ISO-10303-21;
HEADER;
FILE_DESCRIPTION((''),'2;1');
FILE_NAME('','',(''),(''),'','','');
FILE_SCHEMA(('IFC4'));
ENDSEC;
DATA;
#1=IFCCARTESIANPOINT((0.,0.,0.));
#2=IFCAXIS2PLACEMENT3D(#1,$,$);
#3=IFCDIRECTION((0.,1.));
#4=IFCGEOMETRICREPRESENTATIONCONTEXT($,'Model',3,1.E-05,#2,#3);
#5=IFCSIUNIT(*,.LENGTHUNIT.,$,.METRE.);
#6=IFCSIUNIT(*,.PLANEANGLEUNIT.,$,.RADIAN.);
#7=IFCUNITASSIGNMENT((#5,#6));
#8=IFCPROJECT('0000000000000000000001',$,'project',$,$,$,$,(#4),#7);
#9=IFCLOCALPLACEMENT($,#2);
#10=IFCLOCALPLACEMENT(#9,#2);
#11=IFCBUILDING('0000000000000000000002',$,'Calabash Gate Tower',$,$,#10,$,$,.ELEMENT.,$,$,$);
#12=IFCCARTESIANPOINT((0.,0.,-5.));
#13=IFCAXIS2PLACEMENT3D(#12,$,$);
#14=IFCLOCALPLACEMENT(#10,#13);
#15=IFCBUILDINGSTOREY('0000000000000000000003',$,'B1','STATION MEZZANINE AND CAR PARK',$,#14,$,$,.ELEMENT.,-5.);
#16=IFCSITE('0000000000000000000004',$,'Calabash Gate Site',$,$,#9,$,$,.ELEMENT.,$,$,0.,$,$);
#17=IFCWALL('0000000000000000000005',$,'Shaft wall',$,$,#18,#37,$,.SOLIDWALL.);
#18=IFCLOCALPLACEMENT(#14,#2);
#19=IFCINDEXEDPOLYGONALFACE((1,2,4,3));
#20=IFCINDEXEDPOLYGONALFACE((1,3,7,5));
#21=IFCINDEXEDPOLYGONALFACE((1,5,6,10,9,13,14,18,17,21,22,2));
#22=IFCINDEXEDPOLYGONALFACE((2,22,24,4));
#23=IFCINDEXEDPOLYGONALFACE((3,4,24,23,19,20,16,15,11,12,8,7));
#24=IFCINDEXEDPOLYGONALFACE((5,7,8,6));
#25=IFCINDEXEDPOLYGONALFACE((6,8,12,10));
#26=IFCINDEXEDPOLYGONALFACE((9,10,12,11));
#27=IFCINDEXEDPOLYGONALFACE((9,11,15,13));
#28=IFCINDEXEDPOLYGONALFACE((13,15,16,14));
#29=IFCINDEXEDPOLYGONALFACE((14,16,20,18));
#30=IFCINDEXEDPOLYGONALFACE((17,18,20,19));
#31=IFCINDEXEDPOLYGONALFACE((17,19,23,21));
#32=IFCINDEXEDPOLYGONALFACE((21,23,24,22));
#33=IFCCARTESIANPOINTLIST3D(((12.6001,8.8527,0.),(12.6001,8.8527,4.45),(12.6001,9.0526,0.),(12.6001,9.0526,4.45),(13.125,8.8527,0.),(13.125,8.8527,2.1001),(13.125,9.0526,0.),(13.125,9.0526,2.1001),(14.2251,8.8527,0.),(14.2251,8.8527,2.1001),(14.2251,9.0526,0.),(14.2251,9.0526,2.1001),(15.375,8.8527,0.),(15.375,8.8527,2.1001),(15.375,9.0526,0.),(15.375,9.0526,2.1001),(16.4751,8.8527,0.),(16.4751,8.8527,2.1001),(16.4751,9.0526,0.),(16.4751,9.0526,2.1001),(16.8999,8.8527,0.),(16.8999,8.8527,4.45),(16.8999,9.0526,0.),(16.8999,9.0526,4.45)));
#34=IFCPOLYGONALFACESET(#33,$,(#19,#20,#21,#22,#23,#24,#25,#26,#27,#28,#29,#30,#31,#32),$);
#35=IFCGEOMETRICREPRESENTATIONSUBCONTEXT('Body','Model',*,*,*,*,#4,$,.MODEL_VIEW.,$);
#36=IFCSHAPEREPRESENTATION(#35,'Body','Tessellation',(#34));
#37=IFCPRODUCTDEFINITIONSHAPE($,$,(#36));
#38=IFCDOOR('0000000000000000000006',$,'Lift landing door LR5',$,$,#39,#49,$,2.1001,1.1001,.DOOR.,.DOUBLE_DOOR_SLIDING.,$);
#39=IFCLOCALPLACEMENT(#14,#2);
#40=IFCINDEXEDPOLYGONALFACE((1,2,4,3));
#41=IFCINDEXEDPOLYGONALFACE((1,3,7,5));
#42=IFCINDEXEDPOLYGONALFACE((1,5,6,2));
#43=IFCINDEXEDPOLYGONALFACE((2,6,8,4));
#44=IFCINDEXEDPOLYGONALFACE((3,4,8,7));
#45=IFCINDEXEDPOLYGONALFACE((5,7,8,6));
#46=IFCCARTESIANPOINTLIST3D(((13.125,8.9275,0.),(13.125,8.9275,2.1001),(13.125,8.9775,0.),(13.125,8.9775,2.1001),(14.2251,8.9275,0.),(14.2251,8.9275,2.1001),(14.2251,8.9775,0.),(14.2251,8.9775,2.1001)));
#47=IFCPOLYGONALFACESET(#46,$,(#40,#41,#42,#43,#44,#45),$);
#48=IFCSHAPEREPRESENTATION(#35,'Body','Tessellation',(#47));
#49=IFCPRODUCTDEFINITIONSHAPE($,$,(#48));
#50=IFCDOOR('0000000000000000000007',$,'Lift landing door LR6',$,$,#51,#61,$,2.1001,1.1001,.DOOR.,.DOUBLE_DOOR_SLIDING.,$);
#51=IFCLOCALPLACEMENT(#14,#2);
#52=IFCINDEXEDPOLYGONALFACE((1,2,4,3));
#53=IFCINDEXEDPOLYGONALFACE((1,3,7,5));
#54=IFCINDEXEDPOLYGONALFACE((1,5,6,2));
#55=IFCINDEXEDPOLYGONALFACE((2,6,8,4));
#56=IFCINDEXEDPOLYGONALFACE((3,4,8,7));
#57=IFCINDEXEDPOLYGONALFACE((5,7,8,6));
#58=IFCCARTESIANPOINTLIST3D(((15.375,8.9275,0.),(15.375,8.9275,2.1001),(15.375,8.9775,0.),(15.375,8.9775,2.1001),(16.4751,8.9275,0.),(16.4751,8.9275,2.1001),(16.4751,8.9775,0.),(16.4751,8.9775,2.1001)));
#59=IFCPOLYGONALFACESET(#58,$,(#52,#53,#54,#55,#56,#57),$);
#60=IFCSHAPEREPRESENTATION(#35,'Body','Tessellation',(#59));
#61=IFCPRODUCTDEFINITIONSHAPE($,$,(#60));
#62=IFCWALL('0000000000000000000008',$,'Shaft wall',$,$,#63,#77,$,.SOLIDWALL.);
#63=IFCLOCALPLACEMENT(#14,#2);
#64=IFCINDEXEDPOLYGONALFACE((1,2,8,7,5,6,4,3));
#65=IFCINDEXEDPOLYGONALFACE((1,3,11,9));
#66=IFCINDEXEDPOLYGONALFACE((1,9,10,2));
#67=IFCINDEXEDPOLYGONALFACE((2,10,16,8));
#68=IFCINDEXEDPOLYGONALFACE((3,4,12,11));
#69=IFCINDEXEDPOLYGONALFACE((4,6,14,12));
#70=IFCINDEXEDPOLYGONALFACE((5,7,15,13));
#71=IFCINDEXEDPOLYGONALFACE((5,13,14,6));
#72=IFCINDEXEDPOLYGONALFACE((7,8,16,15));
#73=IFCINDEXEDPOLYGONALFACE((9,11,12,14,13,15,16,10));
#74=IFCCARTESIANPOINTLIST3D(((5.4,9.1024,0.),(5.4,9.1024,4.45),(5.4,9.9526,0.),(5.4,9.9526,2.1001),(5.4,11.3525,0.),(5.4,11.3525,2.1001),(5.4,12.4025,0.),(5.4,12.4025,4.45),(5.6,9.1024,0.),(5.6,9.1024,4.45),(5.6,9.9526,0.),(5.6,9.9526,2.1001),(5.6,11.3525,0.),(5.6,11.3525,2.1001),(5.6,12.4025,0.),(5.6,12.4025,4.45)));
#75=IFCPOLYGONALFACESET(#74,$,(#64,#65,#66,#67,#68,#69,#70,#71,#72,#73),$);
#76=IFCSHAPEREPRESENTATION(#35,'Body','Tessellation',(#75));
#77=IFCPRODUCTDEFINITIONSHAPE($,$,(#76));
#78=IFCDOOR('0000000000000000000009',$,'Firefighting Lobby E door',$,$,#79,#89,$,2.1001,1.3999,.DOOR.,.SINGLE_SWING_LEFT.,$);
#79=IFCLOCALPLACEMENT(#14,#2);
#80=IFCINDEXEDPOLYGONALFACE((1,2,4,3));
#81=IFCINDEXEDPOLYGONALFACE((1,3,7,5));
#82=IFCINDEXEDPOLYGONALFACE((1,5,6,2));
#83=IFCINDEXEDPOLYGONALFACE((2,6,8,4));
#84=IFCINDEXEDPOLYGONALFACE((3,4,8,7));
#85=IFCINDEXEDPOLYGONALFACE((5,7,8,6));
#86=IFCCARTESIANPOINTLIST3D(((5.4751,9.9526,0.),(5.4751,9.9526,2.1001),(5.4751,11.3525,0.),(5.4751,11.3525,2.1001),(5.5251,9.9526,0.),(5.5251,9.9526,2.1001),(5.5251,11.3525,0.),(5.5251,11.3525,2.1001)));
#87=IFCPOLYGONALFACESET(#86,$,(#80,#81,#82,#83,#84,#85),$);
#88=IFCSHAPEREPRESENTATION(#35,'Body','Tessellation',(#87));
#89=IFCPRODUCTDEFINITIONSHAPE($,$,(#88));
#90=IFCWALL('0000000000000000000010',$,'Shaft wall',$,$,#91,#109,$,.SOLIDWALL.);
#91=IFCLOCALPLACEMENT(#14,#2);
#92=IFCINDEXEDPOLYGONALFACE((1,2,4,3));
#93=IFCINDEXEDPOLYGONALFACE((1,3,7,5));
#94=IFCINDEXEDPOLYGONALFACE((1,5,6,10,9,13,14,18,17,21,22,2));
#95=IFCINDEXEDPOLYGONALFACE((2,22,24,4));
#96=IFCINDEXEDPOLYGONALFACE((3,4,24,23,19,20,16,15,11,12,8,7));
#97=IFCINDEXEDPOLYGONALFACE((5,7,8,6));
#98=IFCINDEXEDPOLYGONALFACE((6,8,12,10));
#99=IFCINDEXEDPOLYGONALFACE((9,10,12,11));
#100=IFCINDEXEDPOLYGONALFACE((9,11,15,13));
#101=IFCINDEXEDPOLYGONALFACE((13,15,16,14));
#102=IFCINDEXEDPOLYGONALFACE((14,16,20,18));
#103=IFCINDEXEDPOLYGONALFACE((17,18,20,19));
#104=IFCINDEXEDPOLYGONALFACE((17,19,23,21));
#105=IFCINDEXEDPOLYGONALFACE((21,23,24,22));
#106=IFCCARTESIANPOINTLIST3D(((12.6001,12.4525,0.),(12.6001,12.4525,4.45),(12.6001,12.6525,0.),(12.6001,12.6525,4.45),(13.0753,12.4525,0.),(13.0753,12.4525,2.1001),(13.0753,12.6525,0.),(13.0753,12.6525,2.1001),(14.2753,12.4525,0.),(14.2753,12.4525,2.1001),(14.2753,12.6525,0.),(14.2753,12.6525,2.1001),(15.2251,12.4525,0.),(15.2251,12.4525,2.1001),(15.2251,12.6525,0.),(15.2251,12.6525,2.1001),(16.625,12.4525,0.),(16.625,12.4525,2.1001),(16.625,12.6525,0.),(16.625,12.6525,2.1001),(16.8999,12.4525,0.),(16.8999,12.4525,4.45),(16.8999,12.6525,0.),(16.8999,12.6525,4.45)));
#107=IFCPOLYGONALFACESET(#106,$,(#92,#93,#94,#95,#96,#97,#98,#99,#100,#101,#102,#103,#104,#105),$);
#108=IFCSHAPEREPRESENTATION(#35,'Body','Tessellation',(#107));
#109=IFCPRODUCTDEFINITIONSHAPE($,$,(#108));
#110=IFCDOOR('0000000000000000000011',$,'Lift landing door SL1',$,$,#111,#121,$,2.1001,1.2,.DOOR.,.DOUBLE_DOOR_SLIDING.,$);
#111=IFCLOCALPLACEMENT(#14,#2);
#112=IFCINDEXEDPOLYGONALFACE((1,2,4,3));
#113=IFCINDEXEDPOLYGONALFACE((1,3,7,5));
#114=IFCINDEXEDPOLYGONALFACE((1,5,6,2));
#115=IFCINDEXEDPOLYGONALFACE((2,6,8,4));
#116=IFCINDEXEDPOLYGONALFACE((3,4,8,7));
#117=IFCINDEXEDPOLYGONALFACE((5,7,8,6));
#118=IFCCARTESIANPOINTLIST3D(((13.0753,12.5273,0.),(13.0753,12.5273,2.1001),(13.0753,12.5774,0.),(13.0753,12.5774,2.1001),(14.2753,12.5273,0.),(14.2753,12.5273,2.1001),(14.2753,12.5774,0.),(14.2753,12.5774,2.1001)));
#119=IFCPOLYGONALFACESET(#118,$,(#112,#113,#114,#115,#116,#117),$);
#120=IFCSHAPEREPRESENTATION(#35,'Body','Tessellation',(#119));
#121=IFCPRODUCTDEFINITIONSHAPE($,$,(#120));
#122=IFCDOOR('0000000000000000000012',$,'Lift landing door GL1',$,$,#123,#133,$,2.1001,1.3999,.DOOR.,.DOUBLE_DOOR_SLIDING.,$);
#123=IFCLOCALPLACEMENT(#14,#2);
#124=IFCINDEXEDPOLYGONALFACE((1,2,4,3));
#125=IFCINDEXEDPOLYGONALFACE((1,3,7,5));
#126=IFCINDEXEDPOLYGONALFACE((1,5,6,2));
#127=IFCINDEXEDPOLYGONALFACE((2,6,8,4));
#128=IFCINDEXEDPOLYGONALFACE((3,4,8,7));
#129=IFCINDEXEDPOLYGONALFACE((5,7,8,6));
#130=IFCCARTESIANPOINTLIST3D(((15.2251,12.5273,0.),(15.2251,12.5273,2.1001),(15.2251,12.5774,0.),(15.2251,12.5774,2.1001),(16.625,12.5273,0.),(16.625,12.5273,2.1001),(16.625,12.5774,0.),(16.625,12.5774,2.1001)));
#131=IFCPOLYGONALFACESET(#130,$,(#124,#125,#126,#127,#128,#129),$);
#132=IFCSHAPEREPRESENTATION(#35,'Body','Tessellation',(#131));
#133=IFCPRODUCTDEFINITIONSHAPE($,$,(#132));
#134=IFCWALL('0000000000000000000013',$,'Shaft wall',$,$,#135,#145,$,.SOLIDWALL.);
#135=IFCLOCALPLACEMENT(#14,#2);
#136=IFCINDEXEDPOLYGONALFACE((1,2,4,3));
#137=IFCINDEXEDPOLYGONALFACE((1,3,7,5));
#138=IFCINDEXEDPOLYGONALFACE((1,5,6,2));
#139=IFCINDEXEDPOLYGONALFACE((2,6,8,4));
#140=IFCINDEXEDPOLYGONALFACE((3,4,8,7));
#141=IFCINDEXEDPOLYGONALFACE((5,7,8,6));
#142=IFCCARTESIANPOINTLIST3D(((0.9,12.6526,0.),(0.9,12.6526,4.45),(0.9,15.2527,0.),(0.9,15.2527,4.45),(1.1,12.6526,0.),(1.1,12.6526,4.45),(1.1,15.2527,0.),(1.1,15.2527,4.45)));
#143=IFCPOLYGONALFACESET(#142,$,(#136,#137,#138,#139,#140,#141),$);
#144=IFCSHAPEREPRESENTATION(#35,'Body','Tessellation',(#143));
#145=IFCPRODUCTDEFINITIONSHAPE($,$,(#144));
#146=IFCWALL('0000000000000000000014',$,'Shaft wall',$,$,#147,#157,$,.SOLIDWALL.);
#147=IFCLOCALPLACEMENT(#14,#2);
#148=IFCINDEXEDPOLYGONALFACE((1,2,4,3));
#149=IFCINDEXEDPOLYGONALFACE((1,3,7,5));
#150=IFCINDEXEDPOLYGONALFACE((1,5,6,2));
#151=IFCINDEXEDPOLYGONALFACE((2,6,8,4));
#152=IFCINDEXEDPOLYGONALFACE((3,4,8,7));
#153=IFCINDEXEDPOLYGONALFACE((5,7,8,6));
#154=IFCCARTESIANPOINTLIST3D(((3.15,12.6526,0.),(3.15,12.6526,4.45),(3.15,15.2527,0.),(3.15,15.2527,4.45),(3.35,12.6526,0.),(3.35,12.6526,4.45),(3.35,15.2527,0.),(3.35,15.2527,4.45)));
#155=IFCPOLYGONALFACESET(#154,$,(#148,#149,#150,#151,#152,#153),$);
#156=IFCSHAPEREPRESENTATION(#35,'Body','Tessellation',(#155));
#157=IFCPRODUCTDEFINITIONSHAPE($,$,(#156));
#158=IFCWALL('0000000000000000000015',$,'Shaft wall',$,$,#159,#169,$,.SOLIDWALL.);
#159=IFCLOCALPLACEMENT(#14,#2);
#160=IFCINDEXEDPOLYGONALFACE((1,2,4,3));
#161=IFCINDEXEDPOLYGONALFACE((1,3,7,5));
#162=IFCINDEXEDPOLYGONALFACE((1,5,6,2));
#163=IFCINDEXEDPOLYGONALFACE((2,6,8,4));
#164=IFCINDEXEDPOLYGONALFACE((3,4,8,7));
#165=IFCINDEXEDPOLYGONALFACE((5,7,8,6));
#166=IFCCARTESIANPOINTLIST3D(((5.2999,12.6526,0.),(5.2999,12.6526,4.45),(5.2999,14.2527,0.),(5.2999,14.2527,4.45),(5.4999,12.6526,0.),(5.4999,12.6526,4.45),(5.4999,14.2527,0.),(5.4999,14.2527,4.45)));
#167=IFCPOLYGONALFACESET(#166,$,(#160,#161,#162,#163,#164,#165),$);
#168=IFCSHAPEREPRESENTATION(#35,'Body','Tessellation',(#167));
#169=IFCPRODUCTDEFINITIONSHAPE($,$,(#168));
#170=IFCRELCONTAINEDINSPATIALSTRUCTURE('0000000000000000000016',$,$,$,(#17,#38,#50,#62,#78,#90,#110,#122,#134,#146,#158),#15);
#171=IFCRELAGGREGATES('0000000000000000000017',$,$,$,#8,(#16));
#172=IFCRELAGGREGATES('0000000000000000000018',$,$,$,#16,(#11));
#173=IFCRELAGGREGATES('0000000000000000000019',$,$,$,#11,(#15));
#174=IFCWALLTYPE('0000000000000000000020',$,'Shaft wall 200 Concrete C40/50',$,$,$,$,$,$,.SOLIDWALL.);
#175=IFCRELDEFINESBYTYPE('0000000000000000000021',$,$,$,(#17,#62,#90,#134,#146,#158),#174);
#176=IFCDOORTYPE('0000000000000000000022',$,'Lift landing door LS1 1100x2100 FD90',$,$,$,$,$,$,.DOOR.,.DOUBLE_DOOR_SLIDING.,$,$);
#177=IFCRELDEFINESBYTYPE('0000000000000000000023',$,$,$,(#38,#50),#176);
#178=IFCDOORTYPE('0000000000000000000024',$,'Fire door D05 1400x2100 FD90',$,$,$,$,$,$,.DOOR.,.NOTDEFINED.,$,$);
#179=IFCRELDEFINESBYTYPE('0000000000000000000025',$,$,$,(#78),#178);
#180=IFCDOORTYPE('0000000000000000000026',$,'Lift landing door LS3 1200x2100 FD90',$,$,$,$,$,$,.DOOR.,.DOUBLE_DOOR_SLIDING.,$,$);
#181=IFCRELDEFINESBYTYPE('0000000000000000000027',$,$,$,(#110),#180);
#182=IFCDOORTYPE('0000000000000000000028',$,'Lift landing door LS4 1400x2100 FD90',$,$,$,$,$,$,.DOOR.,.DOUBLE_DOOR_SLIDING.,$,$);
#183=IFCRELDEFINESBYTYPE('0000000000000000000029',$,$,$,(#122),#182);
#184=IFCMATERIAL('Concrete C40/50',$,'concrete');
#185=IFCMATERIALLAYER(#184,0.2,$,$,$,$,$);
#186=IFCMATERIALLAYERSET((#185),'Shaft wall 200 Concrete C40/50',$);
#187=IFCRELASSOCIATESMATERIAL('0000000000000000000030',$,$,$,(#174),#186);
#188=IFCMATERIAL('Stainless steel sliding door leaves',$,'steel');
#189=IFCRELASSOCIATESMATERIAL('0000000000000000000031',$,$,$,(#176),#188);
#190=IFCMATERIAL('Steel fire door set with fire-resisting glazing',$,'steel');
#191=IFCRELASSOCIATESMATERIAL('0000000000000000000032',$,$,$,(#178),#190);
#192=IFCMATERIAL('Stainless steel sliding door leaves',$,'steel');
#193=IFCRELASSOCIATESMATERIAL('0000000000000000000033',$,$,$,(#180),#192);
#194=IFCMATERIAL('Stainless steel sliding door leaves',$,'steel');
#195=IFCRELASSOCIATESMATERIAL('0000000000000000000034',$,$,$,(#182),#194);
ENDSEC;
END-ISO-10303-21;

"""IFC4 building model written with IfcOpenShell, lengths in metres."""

from ifc_helpers import new_model, si_unit, direction, frame, frame_2d, origin, place, context, subcontext, project, spatial, rectangle, extrude, material, layer, layer_set, type_object, element, fill, save


model = new_model("IFC4")

# Units and contexts
model_context = context("Model", 3, precision=1e-05, world=origin(), true_north=direction((0.0, 1.0)))
body_context = subcontext(model_context, "Body", "Model", "MODEL_VIEW")
ifc_project = project(units=[si_unit("LENGTHUNIT", "METRE"), si_unit("PLANEANGLEUNIT", "RADIAN")], contexts=[model_context])

# Site, building, storey
site_placement = place(None, origin())
site = spatial("IfcSite", under=ifc_project, at=site_placement, Name="Calabash Gate Site", CompositionType="ELEMENT", RefElevation=0.0)
building_placement = place(site_placement, origin())
building = spatial("IfcBuilding", under=site, at=building_placement, Name="Calabash Gate Tower", CompositionType="ELEMENT")
storey_placement = place(building_placement, frame((0.0, 0.0, -5.0)))
storey = spatial("IfcBuildingStorey", under=building, at=storey_placement, Name="B1", Description="STATION MEZZANINE AND CAR PARK", CompositionType="ELEMENT", Elevation=-5.0)

# Shared definitions
ifc_material_1 = material(Name="Concrete C40/50", Category="concrete")
ifc_layer_1 = layer(ifc_material_1, 0.2)
ifc_layer_set_1 = layer_set([ifc_layer_1], Name="Shaft wall 200 Concrete C40/50")
wall_type_1 = type_object("IfcWallType", Name="Shaft wall 200 Concrete C40/50", PredefinedType="SOLIDWALL", material=ifc_layer_set_1)

# Wall, openings, doors
ifc_material_2 = material(Name="Stainless steel sliding door leaves", Category="steel")
door_type_1 = type_object("IfcDoorType", Name="Lift landing door LS1 1100x2100 FD90", OperationType="DOUBLE_DOOR_SLIDING", PredefinedType="DOOR", material=ifc_material_2)
wall_1_placement = place(storey_placement, frame((12.6001, 8.9526, 0.0), z_axis=(0.0, 0.0, 1.0), x_axis=(1.0, 0.0, 0.0)))
wall_1 = element("IfcWall", 1, at=wall_1_placement, inside=storey, type_object=wall_type_1, Name="Shaft wall", PredefinedType="SOLIDWALL", context=body_context, shape_type="SweptSolid", body=[
    extrude(rectangle(XDim=4.2998, YDim=0.2, at=frame_2d((2.1499, 0.0))), origin(), (0.0, 0.0, 1.0), 4.45),
])
opening_1_placement = place(wall_1_placement, frame((0.5249, 0.0, 0.0)))
opening_1 = element("IfcOpeningElement", 2, at=opening_1_placement, cuts=wall_1, PredefinedType="OPENING", context=body_context, shape_type="SweptSolid", body=[
    extrude(rectangle(XDim=1.1001, YDim=2.1001, at=frame_2d((0.55, 1.05))), frame((0.0, 0.1099, 0.0), z_axis=(0.0, -1.0, 0.0), x_axis=(1.0, 0.0, 0.0)), (0.0, 0.0, 1.0), 0.22),
])
opening_2_placement = place(wall_1_placement, frame((2.7749, 0.0, 0.0)))
opening_2 = element("IfcOpeningElement", 3, at=opening_2_placement, cuts=wall_1, PredefinedType="OPENING", context=body_context, shape_type="SweptSolid", body=[
    extrude(rectangle(XDim=1.1001, YDim=2.1001, at=frame_2d((0.55, 1.05))), frame((0.0, 0.1099, 0.0), z_axis=(0.0, -1.0, 0.0), x_axis=(1.0, 0.0, 0.0)), (0.0, 0.0, 1.0), 0.22),
])
door_1_placement = place(opening_1_placement, origin())
door_1 = element("IfcDoor", 4, at=door_1_placement, inside=storey, type_object=door_type_1, Name="Lift landing door LR5", OperationType="DOUBLE_DOOR_SLIDING", OverallHeight=2.1001, OverallWidth=1.1001, PredefinedType="DOOR", context=body_context, shape_type="SweptSolid", body=[
    extrude(rectangle(XDim=1.1001, YDim=2.1001, at=frame_2d((0.55, 1.05))), frame((0.0, 0.0249, 0.0), z_axis=(0.0, -1.0, 0.0), x_axis=(1.0, 0.0, 0.0)), (0.0, 0.0, 1.0), 0.05),
])
fill(opening_1, door_1)
door_2_placement = place(opening_2_placement, origin())
door_2 = element("IfcDoor", 5, at=door_2_placement, inside=storey, type_object=door_type_1, Name="Lift landing door LR6", OperationType="DOUBLE_DOOR_SLIDING", OverallHeight=2.1001, OverallWidth=1.1001, PredefinedType="DOOR", context=body_context, shape_type="SweptSolid", body=[
    extrude(rectangle(XDim=1.1001, YDim=2.1001, at=frame_2d((0.55, 1.05))), frame((0.0, 0.0249, 0.0), z_axis=(0.0, -1.0, 0.0), x_axis=(1.0, 0.0, 0.0)), (0.0, 0.0, 1.0), 0.05),
])
fill(opening_2, door_2)

# Wall, opening, door
wall_2_placement = place(storey_placement, frame((5.5, 9.1025, 0.0), z_axis=(0.0, 0.0, 1.0), x_axis=(0.0, 1.0, 0.0)))
wall_2 = element("IfcWall", 6, at=wall_2_placement, inside=storey, type_object=wall_type_1, Name="Shaft wall", PredefinedType="SOLIDWALL", context=body_context, shape_type="SweptSolid", body=[
    extrude(rectangle(XDim=3.3, YDim=0.2, at=frame_2d((1.6499, 0.0))), origin(), (0.0, 0.0, 1.0), 4.45),
])
opening_3_placement = place(wall_2_placement, frame((0.8501, 0.0, 0.0)))
opening_3 = element("IfcOpeningElement", 7, at=opening_3_placement, cuts=wall_2, PredefinedType="OPENING", context=body_context, shape_type="SweptSolid", body=[
    extrude(rectangle(XDim=1.3999, YDim=2.1001, at=frame_2d((0.7, 1.05))), frame((0.0, 0.1099, 0.0), z_axis=(0.0, -1.0, 0.0), x_axis=(1.0, 0.0, 0.0)), (0.0, 0.0, 1.0), 0.22),
])
ifc_material_3 = material(Name="Steel fire door set with fire-resisting glazing", Category="steel")
door_type_2 = type_object("IfcDoorType", Name="Fire door D05 1400x2100 FD90", OperationType="NOTDEFINED", PredefinedType="DOOR", material=ifc_material_3)
door_3_placement = place(opening_3_placement, origin())
door_3 = element("IfcDoor", 8, at=door_3_placement, inside=storey, type_object=door_type_2, Name="Firefighting Lobby E door", OperationType="SINGLE_SWING_LEFT", OverallHeight=2.1001, OverallWidth=1.3999, PredefinedType="DOOR", context=body_context, shape_type="SweptSolid", body=[
    extrude(rectangle(XDim=1.3999, YDim=2.1001, at=frame_2d((0.7, 1.05))), frame((0.0, 0.0249, 0.0), z_axis=(0.0, -1.0, 0.0), x_axis=(1.0, 0.0, 0.0)), (0.0, 0.0, 1.0), 0.05),
])
fill(opening_3, door_3)

# Wall, openings, doors
wall_3_placement = place(storey_placement, frame((12.6001, 12.5525, 0.0), z_axis=(0.0, 0.0, 1.0), x_axis=(1.0, 0.0, 0.0)))
wall_3 = element("IfcWall", 9, at=wall_3_placement, inside=storey, type_object=wall_type_1, Name="Shaft wall", PredefinedType="SOLIDWALL", context=body_context, shape_type="SweptSolid", body=[
    extrude(rectangle(XDim=4.2998, YDim=0.2, at=frame_2d((2.1499, 0.0))), origin(), (0.0, 0.0, 1.0), 4.45),
])
opening_4_placement = place(wall_3_placement, frame((0.4751, 0.0, 0.0)))
opening_4 = element("IfcOpeningElement", 10, at=opening_4_placement, cuts=wall_3, PredefinedType="OPENING", context=body_context, shape_type="SweptSolid", body=[
    extrude(rectangle(XDim=1.2, YDim=2.1001, at=frame_2d((0.6001, 1.05))), frame((0.0, 0.1099, 0.0), z_axis=(0.0, -1.0, 0.0), x_axis=(1.0, 0.0, 0.0)), (0.0, 0.0, 1.0), 0.22),
])
opening_5_placement = place(wall_3_placement, frame((2.625, 0.0, 0.0)))
opening_5 = element("IfcOpeningElement", 11, at=opening_5_placement, cuts=wall_3, PredefinedType="OPENING", context=body_context, shape_type="SweptSolid", body=[
    extrude(rectangle(XDim=1.3999, YDim=2.1001, at=frame_2d((0.7, 1.05))), frame((0.0, 0.1099, 0.0), z_axis=(0.0, -1.0, 0.0), x_axis=(1.0, 0.0, 0.0)), (0.0, 0.0, 1.0), 0.22),
])
ifc_material_4 = material(Name="Stainless steel sliding door leaves", Category="steel")
door_type_3 = type_object("IfcDoorType", Name="Lift landing door LS3 1200x2100 FD90", OperationType="DOUBLE_DOOR_SLIDING", PredefinedType="DOOR", material=ifc_material_4)
door_4_placement = place(opening_4_placement, origin())
door_4 = element("IfcDoor", 12, at=door_4_placement, inside=storey, type_object=door_type_3, Name="Lift landing door SL1", OperationType="DOUBLE_DOOR_SLIDING", OverallHeight=2.1001, OverallWidth=1.2, PredefinedType="DOOR", context=body_context, shape_type="SweptSolid", body=[
    extrude(rectangle(XDim=1.2, YDim=2.1001, at=frame_2d((0.6001, 1.05))), frame((0.0, 0.0249, 0.0), z_axis=(0.0, -1.0, 0.0), x_axis=(1.0, 0.0, 0.0)), (0.0, 0.0, 1.0), 0.05),
])
fill(opening_4, door_4)
ifc_material_5 = material(Name="Stainless steel sliding door leaves", Category="steel")
door_type_4 = type_object("IfcDoorType", Name="Lift landing door LS4 1400x2100 FD90", OperationType="DOUBLE_DOOR_SLIDING", PredefinedType="DOOR", material=ifc_material_5)
door_5_placement = place(opening_5_placement, origin())
door_5 = element("IfcDoor", 13, at=door_5_placement, inside=storey, type_object=door_type_4, Name="Lift landing door GL1", OperationType="DOUBLE_DOOR_SLIDING", OverallHeight=2.1001, OverallWidth=1.3999, PredefinedType="DOOR", context=body_context, shape_type="SweptSolid", body=[
    extrude(rectangle(XDim=1.3999, YDim=2.1001, at=frame_2d((0.7, 1.05))), frame((0.0, 0.0249, 0.0), z_axis=(0.0, -1.0, 0.0), x_axis=(1.0, 0.0, 0.0)), (0.0, 0.0, 1.0), 0.05),
])
fill(opening_5, door_5)

# Walls
for number, where, z_axis, x_axis, name in (
    (14, (1.0, 12.6526, 0.0), (0.0, 0.0, 1.0), (0.0, 1.0, 0.0), "Shaft wall"),
    (15, (3.25, 12.6526, 0.0), (0.0, 0.0, 1.0), (0.0, 1.0, 0.0), "Shaft wall"),
):
    element("IfcWall", number, at=place(storey_placement, frame(where, z_axis=z_axis, x_axis=x_axis)), inside=storey, type_object=wall_type_1, Name=name, PredefinedType="SOLIDWALL", context=body_context, shape_type="SweptSolid", body=[
        extrude(rectangle(XDim=2.6001, YDim=0.2, at=frame_2d((1.3, 0.0))), origin(), (0.0, 0.0, 1.0), 4.45),
    ])
wall_4_placement = place(storey_placement, frame((5.3999, 12.6526, 0.0), z_axis=(0.0, 0.0, 1.0), x_axis=(0.0, 1.0, 0.0)))
element("IfcWall", 16, at=wall_4_placement, inside=storey, type_object=wall_type_1, Name="Shaft wall", PredefinedType="SOLIDWALL", context=body_context, shape_type="SweptSolid", body=[
    extrude(rectangle(XDim=1.6001, YDim=0.2, at=frame_2d((0.8, 0.0))), origin(), (0.0, 0.0, 1.0), 4.45),
])

save(model, "model.ifc")
